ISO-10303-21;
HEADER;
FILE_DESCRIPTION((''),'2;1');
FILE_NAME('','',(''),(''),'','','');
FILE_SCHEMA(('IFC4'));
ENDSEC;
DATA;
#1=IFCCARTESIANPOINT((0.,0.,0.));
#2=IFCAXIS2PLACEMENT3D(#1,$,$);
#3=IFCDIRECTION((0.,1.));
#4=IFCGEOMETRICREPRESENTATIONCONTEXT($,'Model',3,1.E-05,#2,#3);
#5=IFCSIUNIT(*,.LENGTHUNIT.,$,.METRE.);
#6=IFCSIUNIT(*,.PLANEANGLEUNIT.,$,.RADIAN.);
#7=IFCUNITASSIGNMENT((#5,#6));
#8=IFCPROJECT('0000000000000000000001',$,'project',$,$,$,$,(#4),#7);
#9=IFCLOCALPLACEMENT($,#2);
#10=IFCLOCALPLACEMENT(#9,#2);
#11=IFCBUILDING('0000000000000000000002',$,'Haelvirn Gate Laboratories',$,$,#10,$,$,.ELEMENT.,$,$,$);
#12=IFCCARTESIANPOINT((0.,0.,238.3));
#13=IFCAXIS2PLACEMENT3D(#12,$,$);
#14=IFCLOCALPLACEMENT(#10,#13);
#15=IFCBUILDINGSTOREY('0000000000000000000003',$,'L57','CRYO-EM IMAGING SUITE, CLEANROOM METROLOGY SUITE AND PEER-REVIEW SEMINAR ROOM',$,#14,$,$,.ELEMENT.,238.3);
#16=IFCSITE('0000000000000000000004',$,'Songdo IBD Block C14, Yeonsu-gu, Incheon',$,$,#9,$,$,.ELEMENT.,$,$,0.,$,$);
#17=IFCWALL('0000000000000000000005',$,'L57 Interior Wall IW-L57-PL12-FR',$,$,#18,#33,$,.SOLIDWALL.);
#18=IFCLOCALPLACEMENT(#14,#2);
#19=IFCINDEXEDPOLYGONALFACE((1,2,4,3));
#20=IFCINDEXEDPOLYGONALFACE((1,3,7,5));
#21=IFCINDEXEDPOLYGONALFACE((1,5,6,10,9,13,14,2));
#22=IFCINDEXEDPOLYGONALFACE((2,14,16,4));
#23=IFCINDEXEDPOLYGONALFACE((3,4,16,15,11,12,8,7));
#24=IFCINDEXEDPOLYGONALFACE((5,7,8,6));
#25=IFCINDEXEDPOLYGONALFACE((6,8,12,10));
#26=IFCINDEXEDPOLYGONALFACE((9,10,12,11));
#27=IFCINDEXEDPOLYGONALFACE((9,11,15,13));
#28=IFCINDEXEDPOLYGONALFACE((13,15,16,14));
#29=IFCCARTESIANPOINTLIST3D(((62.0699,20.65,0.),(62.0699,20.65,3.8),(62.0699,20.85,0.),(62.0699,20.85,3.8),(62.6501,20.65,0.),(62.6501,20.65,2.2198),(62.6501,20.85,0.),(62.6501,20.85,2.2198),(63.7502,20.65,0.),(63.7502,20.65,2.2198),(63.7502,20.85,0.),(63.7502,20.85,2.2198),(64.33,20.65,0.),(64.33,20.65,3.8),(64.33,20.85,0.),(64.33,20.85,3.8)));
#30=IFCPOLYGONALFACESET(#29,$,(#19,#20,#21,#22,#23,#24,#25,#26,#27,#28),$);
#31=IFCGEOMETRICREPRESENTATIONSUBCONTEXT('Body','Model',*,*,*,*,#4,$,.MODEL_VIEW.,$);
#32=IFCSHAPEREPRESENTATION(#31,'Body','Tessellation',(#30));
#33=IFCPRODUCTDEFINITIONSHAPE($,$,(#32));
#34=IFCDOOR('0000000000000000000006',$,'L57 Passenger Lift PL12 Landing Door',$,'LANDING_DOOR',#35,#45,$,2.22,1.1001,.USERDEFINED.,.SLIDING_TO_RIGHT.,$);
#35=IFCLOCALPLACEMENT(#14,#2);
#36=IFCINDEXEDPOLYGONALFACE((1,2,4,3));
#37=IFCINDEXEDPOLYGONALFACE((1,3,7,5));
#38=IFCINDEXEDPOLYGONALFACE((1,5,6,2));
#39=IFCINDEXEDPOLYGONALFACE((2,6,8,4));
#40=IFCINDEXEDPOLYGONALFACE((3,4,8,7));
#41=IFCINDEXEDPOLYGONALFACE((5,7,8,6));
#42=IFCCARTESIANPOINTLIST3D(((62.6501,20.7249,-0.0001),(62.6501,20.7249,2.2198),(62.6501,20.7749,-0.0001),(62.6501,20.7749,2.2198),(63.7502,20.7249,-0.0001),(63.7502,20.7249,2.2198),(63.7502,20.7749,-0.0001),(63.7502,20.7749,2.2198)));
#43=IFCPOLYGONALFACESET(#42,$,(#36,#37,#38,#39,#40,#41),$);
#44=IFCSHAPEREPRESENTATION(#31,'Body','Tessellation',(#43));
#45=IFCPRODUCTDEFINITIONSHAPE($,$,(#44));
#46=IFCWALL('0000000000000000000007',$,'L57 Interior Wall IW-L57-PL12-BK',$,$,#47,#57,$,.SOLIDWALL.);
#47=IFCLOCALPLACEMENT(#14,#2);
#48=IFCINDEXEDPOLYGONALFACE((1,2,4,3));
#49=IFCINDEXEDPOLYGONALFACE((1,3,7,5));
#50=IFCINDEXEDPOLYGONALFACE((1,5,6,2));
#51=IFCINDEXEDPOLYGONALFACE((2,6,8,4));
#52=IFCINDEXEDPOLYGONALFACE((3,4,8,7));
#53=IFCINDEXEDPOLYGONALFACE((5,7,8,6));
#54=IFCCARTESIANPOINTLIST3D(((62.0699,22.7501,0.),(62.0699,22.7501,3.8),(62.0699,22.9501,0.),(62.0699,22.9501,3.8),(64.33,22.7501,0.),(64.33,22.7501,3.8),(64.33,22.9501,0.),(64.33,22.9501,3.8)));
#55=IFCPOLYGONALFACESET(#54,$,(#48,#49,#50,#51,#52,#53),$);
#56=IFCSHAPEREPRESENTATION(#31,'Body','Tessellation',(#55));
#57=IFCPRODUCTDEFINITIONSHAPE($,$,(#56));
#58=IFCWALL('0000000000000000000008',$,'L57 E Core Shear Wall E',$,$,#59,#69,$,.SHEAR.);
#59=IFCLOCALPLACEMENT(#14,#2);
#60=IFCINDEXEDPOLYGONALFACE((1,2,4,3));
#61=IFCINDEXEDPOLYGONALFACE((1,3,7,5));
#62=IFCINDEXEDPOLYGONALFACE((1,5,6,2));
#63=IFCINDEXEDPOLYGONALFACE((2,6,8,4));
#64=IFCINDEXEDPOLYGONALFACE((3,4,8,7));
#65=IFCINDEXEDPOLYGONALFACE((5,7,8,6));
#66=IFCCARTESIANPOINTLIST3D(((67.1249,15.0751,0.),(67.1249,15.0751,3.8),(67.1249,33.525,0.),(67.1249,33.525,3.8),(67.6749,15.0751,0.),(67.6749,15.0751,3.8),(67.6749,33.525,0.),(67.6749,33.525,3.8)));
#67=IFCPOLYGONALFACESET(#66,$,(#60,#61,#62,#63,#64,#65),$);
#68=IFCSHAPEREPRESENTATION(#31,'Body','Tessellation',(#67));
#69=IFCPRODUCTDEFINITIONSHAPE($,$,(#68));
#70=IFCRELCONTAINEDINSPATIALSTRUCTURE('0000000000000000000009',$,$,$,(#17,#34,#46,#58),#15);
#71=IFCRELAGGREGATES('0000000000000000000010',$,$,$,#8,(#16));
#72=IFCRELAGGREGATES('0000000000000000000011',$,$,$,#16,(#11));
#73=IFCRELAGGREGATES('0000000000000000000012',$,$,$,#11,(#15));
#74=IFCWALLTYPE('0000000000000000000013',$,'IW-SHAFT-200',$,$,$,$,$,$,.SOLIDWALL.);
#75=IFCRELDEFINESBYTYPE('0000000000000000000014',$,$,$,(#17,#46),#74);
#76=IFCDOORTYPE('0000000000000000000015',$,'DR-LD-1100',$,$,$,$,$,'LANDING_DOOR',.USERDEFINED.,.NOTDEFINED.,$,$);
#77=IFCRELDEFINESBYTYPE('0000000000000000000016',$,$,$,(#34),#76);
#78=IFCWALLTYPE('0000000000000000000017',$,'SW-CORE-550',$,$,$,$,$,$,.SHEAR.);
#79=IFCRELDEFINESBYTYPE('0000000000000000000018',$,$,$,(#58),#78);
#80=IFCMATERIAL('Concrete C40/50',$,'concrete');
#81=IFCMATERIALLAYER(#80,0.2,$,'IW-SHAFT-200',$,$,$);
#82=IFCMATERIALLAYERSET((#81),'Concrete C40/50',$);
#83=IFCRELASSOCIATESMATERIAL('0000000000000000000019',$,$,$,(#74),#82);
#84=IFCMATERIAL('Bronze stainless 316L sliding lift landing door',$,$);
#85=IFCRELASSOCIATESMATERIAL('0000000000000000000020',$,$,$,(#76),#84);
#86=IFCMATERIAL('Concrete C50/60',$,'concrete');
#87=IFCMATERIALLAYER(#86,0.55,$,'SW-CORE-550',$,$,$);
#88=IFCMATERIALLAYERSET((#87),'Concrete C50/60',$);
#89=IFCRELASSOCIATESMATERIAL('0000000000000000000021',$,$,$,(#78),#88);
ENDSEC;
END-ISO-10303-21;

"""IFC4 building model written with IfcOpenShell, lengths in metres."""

from ifc_helpers import new_model, si_unit, direction, frame, frame_2d, origin, place, context, subcontext, project, spatial, rectangle, extrude, source, transform, mapped, material, layer, layer_set, type_object, type_shapes, element, fill, save


model = new_model("IFC4")

# Units and contexts
model_context = context("Model", 3, precision=1e-05, world=origin(), true_north=direction((0.0, 1.0)))
body_context = subcontext(model_context, "Body", "Model", "MODEL_VIEW")
ifc_project = project(units=[si_unit("LENGTHUNIT", "METRE"), si_unit("PLANEANGLEUNIT", "RADIAN")], contexts=[model_context])

# Site, building, storey
site_placement = place(None, origin())
site = spatial("IfcSite", under=ifc_project, at=site_placement, Name="Songdo IBD Block C14, Yeonsu-gu, Incheon", CompositionType="ELEMENT", RefElevation=0.0)
building_placement = place(site_placement, origin())
building = spatial("IfcBuilding", under=site, at=building_placement, Name="Haelvirn Gate Laboratories", CompositionType="ELEMENT")
storey_placement = place(building_placement, frame((0.0, 0.0, 238.3)))
storey = spatial("IfcBuildingStorey", under=building, at=storey_placement, Name="L57", Description="CRYO-EM IMAGING SUITE, CLEANROOM METROLOGY SUITE AND PEER-REVIEW SEMINAR ROOM", CompositionType="ELEMENT", Elevation=238.3)

# Shared definitions
ifc_material_1 = material(Name="Concrete C50/60", Category="concrete")

# Shared definitions
ifc_material_2 = material(Name="Concrete C40/50", Category="concrete")

# Shared definitions
ifc_layer_1 = layer(ifc_material_2, 0.2, Name="IW-SHAFT-200")
ifc_layer_set_1 = layer_set([ifc_layer_1], Name="Concrete C40/50")
wall_type_1 = type_object("IfcWallType", Name="IW-SHAFT-200", PredefinedType="SOLIDWALL", material=ifc_layer_set_1)
ifc_material_3 = material(Name="Bronze stainless 316L sliding lift landing door")
door_type_1 = type_object("IfcDoorType", Name="DR-LD-1100", ElementType="LANDING_DOOR", OperationType="NOTDEFINED", PredefinedType="USERDEFINED", material=ifc_material_3)
shared_shape_1 = source(origin(), body_context, "Body", "SweptSolid", [
    extrude(rectangle(XDim=1.1001, YDim=2.22, at=frame_2d((0.55, 1.1099))), frame((0.0, 0.0249, 0.0), z_axis=(0.0, -1.0, 0.0), x_axis=(1.0, 0.0, 0.0)), (0.0, 0.0, 1.0), 0.05),
])
type_shapes(door_type_1, [shared_shape_1])

# Wall, opening, door
wall_1_placement = place(storey_placement, frame((62.0701, 20.75, 0.0), z_axis=(0.0, 0.0, 1.0), x_axis=(1.0, 0.0, 0.0)))
wall_1 = element("IfcWall", 1, at=wall_1_placement, inside=storey, type_object=wall_type_1, Name="L57 Interior Wall IW-L57-PL12-FR", PredefinedType="SOLIDWALL", context=body_context, shape_type="SweptSolid", body=[
    extrude(rectangle(XDim=2.26, YDim=0.2, at=frame_2d((1.1299, 0.0))), origin(), (0.0, 0.0, 1.0), 3.8),
])
opening_1_placement = place(wall_1_placement, frame((0.5801, 0.0, 0.0)))
opening_1 = element("IfcOpeningElement", 2, at=opening_1_placement, cuts=wall_1, PredefinedType="OPENING", context=body_context, shape_type="SweptSolid", body=[
    extrude(rectangle(XDim=1.1001, YDim=2.22, at=frame_2d((0.55, 1.1099))), frame((0.0, 0.1099, 0.0), z_axis=(0.0, -1.0, 0.0), x_axis=(1.0, 0.0, 0.0)), (0.0, 0.0, 1.0), 0.22),
])
door_1_placement = place(opening_1_placement, origin())
door_1 = element("IfcDoor", 3, at=door_1_placement, inside=storey, type_object=door_type_1, Name="L57 Passenger Lift PL12 Landing Door", ObjectType="LANDING_DOOR", OperationType="SLIDING_TO_RIGHT", OverallHeight=2.22, OverallWidth=1.1001, PredefinedType="USERDEFINED", context=body_context, shape_type="MappedRepresentation", body=[
    mapped(shared_shape_1, transform((0.0, 0.0, 0.0), scale=1.0)),
])
fill(opening_1, door_1)

# Walls
wall_2_placement = place(storey_placement, frame((62.0701, 22.8501, 0.0), z_axis=(0.0, 0.0, 1.0), x_axis=(1.0, 0.0, 0.0)))
element("IfcWall", 4, at=wall_2_placement, inside=storey, type_object=wall_type_1, Name="L57 Interior Wall IW-L57-PL12-BK", PredefinedType="SOLIDWALL", context=body_context, shape_type="SweptSolid", body=[
    extrude(rectangle(XDim=2.26, YDim=0.2, at=frame_2d((1.1299, 0.0))), origin(), (0.0, 0.0, 1.0), 3.8),
])
ifc_layer_2 = layer(ifc_material_1, 0.55, Name="SW-CORE-550")
ifc_layer_set_2 = layer_set([ifc_layer_2], Name="Concrete C50/60")
wall_type_2 = type_object("IfcWallType", Name="SW-CORE-550", PredefinedType="SHEAR", material=ifc_layer_set_2)
wall_3_placement = place(storey_placement, frame((67.3999, 15.075, 0.0), z_axis=(0.0, 0.0, 1.0), x_axis=(0.0, 1.0, 0.0)))
element("IfcWall", 5, at=wall_3_placement, inside=storey, type_object=wall_type_2, Name="L57 E Core Shear Wall E", PredefinedType="SHEAR", context=body_context, shape_type="SweptSolid", body=[
    extrude(rectangle(XDim=18.45, YDim=0.55, at=frame_2d((9.2251, 0.0))), origin(), (0.0, 0.0, 1.0), 3.8),
])

save(model, "model.ifc")
